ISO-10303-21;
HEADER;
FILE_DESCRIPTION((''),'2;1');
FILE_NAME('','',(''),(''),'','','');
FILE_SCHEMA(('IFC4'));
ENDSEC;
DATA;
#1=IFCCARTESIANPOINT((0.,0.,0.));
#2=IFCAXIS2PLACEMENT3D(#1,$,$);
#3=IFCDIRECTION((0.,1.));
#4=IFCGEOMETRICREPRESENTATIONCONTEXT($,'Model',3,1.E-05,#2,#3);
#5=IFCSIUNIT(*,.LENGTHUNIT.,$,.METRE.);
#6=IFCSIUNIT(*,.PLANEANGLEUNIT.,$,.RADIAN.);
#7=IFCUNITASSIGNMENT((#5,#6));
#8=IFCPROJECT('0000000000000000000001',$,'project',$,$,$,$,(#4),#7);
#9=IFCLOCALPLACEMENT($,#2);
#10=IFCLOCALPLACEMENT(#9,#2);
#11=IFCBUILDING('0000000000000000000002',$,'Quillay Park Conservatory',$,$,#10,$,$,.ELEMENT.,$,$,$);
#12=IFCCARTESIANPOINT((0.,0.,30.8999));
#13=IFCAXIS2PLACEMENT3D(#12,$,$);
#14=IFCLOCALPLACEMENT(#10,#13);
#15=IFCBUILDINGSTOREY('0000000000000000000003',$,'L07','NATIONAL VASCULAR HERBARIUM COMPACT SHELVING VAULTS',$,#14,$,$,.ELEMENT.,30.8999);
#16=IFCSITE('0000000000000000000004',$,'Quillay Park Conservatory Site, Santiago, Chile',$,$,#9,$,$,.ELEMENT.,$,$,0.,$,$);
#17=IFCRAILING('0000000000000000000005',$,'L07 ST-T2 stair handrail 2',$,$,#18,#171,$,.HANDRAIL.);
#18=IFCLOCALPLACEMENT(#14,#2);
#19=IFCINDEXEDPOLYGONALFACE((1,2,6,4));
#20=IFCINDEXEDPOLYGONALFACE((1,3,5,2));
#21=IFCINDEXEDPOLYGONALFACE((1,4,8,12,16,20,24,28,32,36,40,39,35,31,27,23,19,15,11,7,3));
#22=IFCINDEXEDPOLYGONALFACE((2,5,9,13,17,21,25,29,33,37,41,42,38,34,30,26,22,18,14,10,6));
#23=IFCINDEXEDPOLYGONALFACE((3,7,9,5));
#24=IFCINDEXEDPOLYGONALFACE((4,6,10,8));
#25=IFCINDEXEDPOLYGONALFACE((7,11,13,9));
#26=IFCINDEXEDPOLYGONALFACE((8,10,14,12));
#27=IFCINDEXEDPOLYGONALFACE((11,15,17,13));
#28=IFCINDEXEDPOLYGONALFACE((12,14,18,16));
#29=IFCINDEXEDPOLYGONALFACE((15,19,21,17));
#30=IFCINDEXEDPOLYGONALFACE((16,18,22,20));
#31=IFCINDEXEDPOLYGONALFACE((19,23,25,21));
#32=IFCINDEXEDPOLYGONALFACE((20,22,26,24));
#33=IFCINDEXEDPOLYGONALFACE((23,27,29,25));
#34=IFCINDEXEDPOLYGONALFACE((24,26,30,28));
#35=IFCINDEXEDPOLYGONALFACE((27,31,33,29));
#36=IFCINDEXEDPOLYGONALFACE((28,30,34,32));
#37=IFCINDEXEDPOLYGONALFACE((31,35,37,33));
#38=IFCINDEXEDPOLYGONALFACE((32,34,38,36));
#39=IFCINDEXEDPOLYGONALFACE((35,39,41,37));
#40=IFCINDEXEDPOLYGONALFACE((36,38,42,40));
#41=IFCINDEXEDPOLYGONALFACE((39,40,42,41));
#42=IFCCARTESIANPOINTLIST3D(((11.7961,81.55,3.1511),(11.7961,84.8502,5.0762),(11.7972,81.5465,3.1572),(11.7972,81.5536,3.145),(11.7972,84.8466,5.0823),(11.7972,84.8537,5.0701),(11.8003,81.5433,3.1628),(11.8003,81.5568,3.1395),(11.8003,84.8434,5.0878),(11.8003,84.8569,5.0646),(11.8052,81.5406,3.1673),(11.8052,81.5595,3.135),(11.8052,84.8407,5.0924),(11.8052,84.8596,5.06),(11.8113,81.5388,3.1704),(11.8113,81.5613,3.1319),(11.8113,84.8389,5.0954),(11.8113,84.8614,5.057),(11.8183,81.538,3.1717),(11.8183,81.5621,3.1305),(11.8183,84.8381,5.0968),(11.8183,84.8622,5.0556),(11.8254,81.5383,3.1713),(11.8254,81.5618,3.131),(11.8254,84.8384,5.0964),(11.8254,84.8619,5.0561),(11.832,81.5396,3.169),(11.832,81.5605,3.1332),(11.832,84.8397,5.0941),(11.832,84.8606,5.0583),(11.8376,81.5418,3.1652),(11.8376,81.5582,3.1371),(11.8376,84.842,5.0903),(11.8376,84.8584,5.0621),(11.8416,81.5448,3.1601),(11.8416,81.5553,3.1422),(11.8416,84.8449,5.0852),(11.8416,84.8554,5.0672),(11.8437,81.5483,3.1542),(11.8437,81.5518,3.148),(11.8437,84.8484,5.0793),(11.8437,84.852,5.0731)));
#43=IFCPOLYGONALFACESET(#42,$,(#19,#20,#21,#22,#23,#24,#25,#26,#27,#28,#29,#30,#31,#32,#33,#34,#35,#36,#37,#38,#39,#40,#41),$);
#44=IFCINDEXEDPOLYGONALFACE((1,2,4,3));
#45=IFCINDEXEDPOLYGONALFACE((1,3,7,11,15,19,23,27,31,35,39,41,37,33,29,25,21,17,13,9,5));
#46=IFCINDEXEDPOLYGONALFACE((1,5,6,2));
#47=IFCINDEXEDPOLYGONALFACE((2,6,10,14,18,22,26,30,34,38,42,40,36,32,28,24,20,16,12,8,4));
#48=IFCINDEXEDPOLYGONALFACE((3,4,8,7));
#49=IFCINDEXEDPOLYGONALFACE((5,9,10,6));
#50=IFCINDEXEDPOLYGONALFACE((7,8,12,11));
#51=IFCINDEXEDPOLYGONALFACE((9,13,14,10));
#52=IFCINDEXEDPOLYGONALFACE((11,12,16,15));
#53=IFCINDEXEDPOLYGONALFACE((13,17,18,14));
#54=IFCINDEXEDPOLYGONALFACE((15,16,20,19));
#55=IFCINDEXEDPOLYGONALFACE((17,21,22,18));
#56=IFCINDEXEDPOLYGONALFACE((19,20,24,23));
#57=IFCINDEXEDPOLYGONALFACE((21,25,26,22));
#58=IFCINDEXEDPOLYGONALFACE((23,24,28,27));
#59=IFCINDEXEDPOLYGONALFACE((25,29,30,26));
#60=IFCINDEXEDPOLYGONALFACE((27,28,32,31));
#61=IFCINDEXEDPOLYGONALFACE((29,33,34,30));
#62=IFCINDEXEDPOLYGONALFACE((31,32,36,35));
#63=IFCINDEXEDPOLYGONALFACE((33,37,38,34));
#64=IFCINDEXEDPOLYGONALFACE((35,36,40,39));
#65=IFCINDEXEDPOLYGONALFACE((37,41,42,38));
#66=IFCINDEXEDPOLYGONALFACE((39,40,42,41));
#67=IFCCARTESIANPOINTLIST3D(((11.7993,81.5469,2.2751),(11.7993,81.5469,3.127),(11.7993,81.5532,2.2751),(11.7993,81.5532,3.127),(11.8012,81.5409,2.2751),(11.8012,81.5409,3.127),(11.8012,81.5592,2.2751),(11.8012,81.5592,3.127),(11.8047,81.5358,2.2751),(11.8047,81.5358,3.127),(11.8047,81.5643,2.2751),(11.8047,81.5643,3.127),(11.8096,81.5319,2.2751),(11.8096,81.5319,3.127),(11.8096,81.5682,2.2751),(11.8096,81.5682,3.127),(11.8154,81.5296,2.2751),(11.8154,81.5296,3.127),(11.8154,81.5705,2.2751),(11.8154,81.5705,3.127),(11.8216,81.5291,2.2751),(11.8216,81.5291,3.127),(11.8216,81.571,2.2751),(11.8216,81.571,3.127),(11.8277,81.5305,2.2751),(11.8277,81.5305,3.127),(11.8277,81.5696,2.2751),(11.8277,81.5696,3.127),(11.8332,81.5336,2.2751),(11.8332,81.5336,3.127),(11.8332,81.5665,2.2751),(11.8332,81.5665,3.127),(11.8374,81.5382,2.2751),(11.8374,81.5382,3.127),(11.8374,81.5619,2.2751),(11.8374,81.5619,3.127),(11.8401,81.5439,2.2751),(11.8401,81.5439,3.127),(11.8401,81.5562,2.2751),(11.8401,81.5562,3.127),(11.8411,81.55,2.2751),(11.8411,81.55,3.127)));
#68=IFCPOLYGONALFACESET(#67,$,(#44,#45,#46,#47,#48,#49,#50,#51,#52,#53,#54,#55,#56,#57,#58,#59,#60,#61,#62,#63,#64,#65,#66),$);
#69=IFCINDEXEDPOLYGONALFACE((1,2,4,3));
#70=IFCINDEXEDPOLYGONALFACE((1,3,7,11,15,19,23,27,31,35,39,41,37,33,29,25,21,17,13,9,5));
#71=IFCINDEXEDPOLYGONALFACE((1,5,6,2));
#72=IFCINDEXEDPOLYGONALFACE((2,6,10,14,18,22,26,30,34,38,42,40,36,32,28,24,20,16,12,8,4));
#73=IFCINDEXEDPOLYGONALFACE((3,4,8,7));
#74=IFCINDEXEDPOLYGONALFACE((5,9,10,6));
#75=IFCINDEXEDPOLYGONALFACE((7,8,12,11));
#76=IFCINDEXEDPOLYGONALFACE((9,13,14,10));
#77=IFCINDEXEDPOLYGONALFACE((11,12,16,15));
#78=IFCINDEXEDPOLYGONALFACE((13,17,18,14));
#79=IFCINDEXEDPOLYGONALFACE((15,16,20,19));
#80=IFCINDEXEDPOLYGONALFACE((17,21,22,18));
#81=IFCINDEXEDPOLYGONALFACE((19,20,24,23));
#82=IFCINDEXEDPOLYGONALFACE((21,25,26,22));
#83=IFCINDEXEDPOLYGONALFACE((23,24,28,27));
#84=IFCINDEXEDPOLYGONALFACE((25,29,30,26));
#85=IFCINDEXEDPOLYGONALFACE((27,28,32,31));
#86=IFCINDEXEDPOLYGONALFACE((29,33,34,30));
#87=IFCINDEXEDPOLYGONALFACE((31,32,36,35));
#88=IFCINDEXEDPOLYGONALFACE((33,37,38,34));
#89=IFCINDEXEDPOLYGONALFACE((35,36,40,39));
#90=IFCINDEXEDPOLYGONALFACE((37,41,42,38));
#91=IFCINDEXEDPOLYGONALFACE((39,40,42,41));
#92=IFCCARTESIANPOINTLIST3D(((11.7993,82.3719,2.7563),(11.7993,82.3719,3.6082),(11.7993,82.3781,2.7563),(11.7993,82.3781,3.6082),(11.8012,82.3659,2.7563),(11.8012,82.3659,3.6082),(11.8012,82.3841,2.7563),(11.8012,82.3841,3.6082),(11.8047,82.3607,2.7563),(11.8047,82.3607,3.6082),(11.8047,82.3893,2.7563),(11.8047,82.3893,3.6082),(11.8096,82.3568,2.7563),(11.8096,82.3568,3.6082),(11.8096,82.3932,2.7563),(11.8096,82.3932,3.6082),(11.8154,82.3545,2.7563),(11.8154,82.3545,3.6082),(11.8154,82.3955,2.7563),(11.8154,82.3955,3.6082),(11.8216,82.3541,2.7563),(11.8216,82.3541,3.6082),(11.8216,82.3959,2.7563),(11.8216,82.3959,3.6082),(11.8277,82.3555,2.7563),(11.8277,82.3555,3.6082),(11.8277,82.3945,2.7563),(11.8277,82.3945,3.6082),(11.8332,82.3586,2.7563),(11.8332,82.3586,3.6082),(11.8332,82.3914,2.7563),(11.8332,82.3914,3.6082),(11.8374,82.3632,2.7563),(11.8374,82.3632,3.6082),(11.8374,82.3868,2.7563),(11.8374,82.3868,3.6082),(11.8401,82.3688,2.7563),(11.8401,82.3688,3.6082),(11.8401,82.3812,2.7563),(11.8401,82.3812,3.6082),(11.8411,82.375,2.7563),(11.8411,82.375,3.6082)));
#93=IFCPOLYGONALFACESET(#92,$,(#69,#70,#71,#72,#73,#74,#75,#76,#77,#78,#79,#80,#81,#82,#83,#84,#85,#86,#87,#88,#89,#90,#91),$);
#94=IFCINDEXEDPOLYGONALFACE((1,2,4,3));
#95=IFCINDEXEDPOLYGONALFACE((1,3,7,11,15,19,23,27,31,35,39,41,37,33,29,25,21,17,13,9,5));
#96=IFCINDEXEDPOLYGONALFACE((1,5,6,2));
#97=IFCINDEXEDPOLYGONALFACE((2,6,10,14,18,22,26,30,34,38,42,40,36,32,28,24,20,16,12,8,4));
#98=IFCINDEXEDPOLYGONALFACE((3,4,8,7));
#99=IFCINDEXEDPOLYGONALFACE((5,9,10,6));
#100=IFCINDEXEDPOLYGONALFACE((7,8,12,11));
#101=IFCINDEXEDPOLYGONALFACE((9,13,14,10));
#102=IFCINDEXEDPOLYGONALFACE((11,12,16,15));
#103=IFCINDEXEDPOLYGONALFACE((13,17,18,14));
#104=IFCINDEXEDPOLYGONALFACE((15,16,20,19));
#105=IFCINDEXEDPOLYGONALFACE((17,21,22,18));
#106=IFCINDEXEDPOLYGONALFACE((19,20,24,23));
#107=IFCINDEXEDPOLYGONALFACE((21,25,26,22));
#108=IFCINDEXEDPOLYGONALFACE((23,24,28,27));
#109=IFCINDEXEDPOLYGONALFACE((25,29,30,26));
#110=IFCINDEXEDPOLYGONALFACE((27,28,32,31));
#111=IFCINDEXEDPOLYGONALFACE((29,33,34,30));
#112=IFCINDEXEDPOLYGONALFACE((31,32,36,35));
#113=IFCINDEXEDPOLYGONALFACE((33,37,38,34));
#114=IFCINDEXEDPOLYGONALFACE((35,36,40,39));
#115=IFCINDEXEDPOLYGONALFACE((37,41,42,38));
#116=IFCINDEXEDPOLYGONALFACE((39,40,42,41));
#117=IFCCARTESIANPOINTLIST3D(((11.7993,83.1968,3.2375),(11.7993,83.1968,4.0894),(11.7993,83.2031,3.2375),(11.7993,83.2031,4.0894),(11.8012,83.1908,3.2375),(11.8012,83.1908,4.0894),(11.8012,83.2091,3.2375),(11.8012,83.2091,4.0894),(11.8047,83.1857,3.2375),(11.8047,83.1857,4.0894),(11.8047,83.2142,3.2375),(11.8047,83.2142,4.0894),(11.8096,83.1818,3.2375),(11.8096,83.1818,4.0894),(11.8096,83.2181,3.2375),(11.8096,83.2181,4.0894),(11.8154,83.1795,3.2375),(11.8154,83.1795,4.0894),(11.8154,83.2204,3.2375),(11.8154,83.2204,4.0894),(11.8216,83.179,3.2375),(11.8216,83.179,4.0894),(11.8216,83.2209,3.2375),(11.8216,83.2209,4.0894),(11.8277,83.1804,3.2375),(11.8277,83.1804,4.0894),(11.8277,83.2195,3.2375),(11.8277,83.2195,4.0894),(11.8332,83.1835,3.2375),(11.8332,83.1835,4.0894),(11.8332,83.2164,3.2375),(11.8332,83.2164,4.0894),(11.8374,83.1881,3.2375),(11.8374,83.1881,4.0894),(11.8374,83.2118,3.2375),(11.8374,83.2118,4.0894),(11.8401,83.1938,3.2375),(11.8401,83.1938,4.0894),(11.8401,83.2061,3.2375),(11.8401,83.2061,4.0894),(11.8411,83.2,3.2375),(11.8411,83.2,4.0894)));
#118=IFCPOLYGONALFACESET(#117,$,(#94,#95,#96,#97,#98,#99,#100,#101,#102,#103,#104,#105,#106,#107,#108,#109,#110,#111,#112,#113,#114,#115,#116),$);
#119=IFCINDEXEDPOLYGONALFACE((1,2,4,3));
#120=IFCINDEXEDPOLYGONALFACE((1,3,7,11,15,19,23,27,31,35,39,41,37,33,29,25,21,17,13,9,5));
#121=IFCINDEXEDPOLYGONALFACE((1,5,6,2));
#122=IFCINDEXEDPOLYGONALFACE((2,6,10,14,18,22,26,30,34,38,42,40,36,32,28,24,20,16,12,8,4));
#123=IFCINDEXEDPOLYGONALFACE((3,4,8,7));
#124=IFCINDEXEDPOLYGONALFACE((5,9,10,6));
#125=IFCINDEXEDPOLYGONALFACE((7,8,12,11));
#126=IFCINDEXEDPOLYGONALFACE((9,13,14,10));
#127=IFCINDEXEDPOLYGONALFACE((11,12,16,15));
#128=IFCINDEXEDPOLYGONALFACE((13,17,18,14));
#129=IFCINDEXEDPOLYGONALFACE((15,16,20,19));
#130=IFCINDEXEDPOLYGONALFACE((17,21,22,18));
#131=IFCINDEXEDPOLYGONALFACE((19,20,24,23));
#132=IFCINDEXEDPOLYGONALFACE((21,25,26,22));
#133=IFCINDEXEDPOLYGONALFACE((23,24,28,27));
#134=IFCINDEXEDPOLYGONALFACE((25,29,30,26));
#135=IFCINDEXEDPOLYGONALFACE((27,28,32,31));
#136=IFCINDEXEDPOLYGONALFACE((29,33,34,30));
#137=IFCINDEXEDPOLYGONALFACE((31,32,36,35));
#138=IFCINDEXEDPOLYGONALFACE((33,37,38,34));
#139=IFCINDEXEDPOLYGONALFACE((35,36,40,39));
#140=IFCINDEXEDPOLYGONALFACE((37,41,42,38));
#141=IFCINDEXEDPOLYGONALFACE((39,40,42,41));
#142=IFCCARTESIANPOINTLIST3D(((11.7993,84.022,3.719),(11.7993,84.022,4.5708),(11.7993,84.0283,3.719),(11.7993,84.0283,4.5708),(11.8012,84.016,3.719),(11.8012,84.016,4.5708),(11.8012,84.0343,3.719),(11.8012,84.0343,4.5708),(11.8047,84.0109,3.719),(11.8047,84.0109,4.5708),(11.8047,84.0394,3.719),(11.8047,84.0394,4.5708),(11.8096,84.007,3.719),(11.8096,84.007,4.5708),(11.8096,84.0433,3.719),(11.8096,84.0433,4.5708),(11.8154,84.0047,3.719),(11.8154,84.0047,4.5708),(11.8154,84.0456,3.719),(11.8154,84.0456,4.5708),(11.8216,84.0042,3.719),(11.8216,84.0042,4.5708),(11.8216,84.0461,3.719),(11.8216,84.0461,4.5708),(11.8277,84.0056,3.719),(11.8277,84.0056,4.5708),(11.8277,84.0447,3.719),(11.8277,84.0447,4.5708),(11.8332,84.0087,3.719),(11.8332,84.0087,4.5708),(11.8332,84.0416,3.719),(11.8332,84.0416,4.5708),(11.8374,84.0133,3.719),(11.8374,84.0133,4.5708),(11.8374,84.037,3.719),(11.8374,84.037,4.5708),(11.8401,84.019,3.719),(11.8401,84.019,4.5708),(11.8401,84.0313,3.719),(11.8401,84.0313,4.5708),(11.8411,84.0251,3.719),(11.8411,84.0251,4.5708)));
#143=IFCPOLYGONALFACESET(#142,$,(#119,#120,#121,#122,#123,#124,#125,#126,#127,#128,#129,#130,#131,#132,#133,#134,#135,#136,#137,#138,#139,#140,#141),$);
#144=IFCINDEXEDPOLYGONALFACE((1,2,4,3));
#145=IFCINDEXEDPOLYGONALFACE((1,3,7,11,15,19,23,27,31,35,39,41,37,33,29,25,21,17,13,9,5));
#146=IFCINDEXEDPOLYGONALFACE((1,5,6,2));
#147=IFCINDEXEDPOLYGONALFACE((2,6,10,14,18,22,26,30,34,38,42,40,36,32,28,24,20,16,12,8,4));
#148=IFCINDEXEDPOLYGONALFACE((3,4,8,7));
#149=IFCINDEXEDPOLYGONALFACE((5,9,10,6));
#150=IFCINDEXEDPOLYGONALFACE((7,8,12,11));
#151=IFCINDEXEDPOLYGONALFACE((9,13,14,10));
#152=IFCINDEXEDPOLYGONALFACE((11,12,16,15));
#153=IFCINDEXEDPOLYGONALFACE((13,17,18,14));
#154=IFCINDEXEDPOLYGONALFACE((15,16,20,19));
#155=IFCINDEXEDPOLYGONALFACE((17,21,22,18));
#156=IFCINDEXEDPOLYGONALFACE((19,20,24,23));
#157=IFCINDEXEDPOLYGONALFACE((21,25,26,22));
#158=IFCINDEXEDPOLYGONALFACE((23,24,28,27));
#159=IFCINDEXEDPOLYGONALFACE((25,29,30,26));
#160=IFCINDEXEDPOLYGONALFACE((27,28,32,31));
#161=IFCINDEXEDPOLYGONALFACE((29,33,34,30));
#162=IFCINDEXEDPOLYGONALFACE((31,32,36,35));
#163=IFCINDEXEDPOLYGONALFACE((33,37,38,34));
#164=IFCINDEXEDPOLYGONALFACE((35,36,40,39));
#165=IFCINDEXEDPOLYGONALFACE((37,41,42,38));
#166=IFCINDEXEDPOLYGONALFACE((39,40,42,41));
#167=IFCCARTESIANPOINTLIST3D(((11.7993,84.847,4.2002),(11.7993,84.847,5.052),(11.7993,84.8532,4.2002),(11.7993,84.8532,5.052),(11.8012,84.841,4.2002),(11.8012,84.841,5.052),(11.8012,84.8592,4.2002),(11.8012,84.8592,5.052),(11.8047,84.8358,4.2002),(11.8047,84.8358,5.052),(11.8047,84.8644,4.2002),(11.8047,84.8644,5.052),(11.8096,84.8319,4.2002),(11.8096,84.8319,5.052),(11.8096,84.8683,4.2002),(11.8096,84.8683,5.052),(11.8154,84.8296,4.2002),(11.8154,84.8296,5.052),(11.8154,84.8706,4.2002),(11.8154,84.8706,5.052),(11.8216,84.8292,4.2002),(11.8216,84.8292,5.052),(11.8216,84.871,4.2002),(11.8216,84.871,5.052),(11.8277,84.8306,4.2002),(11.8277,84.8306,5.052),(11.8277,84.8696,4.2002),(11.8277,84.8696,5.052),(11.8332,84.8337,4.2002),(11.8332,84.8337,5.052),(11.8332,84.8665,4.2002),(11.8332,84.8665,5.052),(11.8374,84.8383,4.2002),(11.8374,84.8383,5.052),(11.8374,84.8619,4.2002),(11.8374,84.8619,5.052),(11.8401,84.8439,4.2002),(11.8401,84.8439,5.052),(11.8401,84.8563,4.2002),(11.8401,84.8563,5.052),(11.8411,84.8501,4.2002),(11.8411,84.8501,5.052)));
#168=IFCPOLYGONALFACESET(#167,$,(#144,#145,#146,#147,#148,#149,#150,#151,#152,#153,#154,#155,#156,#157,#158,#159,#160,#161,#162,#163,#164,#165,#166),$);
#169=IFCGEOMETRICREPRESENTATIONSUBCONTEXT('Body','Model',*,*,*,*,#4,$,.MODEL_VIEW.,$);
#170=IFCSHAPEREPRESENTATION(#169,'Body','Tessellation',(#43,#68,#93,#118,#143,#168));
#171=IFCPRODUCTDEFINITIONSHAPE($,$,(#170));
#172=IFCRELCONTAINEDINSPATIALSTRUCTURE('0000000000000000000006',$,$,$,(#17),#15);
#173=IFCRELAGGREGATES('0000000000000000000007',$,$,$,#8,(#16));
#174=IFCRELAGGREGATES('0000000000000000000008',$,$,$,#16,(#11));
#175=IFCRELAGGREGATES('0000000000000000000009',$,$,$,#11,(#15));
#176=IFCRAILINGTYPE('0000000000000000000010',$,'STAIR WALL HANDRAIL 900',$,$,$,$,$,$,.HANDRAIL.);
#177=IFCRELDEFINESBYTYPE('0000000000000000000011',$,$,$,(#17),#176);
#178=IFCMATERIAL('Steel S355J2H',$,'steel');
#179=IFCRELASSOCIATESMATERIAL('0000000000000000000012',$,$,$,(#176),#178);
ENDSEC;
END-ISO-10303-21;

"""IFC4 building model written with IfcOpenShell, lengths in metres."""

from ifc_helpers import new_model, si_unit, direction, frame, origin, origin_2d, place, context, subcontext, project, spatial, circle, extrude, material, type_object, element, save


model = new_model("IFC4")

# Units and contexts
model_context = context("Model", 3, precision=1e-05, world=origin(), true_north=direction((0.0, 1.0)))
body_context = subcontext(model_context, "Body", "Model", "MODEL_VIEW")
ifc_project = project(units=[si_unit("LENGTHUNIT", "METRE"), si_unit("PLANEANGLEUNIT", "RADIAN")], contexts=[model_context])

# Site, building, storey
site_placement = place(None, origin())
site = spatial("IfcSite", under=ifc_project, at=site_placement, Name="Quillay Park Conservatory Site, Santiago, Chile", CompositionType="ELEMENT", RefElevation=0.0)
building_placement = place(site_placement, origin())
building = spatial("IfcBuilding", under=site, at=building_placement, Name="Quillay Park Conservatory", CompositionType="ELEMENT")
storey_placement = place(building_placement, frame((0.0, 0.0, 30.8999)))
storey = spatial("IfcBuildingStorey", under=building, at=storey_placement, Name="L07", Description="NATIONAL VASCULAR HERBARIUM COMPACT SHELVING VAULTS", CompositionType="ELEMENT", Elevation=30.8999)

# Railing
ifc_material_1 = material(Name="Steel S355J2H", Category="steel")
railing_type_1 = type_object("IfcRailingType", Name="STAIR WALL HANDRAIL 900", PredefinedType="HANDRAIL", material=ifc_material_1)
railing_1_placement = place(storey_placement, frame((11.8201, 81.55, 2.2751)))
element("IfcRailing", 1, at=railing_1_placement, inside=storey, type_object=railing_type_1, Name="L07 ST-T2 stair handrail 2", PredefinedType="HANDRAIL", context=body_context, shape_type="SweptSolid", body=[
    extrude(circle(Radius=0.0239, at=origin_2d()), frame((0.0, 0.0, 0.876), z_axis=(0.0, 0.863777, 0.503875), x_axis=(-1.0, 0.0, 0.0)), (0.0, 0.0, 1.0), 3.8206),
    extrude(circle(Radius=0.021, at=origin_2d()), origin(), (0.0, 0.0, 1.0), 0.8518),
    extrude(circle(Radius=0.021, at=origin_2d()), frame((0.0, 0.825, 0.4812)), (0.0, 0.0, 1.0), 0.8518),
    extrude(circle(Radius=0.021, at=origin_2d()), frame((0.0, 1.6499, 0.9624)), (0.0, 0.0, 1.0), 0.8518),
    extrude(circle(Radius=0.021, at=origin_2d()), frame((0.0, 2.4751, 1.4438)), (0.0, 0.0, 1.0), 0.8518),
    extrude(circle(Radius=0.021, at=origin_2d()), frame((0.0, 3.3, 1.925)), (0.0, 0.0, 1.0), 0.8518),
])

save(model, "model.ifc")
